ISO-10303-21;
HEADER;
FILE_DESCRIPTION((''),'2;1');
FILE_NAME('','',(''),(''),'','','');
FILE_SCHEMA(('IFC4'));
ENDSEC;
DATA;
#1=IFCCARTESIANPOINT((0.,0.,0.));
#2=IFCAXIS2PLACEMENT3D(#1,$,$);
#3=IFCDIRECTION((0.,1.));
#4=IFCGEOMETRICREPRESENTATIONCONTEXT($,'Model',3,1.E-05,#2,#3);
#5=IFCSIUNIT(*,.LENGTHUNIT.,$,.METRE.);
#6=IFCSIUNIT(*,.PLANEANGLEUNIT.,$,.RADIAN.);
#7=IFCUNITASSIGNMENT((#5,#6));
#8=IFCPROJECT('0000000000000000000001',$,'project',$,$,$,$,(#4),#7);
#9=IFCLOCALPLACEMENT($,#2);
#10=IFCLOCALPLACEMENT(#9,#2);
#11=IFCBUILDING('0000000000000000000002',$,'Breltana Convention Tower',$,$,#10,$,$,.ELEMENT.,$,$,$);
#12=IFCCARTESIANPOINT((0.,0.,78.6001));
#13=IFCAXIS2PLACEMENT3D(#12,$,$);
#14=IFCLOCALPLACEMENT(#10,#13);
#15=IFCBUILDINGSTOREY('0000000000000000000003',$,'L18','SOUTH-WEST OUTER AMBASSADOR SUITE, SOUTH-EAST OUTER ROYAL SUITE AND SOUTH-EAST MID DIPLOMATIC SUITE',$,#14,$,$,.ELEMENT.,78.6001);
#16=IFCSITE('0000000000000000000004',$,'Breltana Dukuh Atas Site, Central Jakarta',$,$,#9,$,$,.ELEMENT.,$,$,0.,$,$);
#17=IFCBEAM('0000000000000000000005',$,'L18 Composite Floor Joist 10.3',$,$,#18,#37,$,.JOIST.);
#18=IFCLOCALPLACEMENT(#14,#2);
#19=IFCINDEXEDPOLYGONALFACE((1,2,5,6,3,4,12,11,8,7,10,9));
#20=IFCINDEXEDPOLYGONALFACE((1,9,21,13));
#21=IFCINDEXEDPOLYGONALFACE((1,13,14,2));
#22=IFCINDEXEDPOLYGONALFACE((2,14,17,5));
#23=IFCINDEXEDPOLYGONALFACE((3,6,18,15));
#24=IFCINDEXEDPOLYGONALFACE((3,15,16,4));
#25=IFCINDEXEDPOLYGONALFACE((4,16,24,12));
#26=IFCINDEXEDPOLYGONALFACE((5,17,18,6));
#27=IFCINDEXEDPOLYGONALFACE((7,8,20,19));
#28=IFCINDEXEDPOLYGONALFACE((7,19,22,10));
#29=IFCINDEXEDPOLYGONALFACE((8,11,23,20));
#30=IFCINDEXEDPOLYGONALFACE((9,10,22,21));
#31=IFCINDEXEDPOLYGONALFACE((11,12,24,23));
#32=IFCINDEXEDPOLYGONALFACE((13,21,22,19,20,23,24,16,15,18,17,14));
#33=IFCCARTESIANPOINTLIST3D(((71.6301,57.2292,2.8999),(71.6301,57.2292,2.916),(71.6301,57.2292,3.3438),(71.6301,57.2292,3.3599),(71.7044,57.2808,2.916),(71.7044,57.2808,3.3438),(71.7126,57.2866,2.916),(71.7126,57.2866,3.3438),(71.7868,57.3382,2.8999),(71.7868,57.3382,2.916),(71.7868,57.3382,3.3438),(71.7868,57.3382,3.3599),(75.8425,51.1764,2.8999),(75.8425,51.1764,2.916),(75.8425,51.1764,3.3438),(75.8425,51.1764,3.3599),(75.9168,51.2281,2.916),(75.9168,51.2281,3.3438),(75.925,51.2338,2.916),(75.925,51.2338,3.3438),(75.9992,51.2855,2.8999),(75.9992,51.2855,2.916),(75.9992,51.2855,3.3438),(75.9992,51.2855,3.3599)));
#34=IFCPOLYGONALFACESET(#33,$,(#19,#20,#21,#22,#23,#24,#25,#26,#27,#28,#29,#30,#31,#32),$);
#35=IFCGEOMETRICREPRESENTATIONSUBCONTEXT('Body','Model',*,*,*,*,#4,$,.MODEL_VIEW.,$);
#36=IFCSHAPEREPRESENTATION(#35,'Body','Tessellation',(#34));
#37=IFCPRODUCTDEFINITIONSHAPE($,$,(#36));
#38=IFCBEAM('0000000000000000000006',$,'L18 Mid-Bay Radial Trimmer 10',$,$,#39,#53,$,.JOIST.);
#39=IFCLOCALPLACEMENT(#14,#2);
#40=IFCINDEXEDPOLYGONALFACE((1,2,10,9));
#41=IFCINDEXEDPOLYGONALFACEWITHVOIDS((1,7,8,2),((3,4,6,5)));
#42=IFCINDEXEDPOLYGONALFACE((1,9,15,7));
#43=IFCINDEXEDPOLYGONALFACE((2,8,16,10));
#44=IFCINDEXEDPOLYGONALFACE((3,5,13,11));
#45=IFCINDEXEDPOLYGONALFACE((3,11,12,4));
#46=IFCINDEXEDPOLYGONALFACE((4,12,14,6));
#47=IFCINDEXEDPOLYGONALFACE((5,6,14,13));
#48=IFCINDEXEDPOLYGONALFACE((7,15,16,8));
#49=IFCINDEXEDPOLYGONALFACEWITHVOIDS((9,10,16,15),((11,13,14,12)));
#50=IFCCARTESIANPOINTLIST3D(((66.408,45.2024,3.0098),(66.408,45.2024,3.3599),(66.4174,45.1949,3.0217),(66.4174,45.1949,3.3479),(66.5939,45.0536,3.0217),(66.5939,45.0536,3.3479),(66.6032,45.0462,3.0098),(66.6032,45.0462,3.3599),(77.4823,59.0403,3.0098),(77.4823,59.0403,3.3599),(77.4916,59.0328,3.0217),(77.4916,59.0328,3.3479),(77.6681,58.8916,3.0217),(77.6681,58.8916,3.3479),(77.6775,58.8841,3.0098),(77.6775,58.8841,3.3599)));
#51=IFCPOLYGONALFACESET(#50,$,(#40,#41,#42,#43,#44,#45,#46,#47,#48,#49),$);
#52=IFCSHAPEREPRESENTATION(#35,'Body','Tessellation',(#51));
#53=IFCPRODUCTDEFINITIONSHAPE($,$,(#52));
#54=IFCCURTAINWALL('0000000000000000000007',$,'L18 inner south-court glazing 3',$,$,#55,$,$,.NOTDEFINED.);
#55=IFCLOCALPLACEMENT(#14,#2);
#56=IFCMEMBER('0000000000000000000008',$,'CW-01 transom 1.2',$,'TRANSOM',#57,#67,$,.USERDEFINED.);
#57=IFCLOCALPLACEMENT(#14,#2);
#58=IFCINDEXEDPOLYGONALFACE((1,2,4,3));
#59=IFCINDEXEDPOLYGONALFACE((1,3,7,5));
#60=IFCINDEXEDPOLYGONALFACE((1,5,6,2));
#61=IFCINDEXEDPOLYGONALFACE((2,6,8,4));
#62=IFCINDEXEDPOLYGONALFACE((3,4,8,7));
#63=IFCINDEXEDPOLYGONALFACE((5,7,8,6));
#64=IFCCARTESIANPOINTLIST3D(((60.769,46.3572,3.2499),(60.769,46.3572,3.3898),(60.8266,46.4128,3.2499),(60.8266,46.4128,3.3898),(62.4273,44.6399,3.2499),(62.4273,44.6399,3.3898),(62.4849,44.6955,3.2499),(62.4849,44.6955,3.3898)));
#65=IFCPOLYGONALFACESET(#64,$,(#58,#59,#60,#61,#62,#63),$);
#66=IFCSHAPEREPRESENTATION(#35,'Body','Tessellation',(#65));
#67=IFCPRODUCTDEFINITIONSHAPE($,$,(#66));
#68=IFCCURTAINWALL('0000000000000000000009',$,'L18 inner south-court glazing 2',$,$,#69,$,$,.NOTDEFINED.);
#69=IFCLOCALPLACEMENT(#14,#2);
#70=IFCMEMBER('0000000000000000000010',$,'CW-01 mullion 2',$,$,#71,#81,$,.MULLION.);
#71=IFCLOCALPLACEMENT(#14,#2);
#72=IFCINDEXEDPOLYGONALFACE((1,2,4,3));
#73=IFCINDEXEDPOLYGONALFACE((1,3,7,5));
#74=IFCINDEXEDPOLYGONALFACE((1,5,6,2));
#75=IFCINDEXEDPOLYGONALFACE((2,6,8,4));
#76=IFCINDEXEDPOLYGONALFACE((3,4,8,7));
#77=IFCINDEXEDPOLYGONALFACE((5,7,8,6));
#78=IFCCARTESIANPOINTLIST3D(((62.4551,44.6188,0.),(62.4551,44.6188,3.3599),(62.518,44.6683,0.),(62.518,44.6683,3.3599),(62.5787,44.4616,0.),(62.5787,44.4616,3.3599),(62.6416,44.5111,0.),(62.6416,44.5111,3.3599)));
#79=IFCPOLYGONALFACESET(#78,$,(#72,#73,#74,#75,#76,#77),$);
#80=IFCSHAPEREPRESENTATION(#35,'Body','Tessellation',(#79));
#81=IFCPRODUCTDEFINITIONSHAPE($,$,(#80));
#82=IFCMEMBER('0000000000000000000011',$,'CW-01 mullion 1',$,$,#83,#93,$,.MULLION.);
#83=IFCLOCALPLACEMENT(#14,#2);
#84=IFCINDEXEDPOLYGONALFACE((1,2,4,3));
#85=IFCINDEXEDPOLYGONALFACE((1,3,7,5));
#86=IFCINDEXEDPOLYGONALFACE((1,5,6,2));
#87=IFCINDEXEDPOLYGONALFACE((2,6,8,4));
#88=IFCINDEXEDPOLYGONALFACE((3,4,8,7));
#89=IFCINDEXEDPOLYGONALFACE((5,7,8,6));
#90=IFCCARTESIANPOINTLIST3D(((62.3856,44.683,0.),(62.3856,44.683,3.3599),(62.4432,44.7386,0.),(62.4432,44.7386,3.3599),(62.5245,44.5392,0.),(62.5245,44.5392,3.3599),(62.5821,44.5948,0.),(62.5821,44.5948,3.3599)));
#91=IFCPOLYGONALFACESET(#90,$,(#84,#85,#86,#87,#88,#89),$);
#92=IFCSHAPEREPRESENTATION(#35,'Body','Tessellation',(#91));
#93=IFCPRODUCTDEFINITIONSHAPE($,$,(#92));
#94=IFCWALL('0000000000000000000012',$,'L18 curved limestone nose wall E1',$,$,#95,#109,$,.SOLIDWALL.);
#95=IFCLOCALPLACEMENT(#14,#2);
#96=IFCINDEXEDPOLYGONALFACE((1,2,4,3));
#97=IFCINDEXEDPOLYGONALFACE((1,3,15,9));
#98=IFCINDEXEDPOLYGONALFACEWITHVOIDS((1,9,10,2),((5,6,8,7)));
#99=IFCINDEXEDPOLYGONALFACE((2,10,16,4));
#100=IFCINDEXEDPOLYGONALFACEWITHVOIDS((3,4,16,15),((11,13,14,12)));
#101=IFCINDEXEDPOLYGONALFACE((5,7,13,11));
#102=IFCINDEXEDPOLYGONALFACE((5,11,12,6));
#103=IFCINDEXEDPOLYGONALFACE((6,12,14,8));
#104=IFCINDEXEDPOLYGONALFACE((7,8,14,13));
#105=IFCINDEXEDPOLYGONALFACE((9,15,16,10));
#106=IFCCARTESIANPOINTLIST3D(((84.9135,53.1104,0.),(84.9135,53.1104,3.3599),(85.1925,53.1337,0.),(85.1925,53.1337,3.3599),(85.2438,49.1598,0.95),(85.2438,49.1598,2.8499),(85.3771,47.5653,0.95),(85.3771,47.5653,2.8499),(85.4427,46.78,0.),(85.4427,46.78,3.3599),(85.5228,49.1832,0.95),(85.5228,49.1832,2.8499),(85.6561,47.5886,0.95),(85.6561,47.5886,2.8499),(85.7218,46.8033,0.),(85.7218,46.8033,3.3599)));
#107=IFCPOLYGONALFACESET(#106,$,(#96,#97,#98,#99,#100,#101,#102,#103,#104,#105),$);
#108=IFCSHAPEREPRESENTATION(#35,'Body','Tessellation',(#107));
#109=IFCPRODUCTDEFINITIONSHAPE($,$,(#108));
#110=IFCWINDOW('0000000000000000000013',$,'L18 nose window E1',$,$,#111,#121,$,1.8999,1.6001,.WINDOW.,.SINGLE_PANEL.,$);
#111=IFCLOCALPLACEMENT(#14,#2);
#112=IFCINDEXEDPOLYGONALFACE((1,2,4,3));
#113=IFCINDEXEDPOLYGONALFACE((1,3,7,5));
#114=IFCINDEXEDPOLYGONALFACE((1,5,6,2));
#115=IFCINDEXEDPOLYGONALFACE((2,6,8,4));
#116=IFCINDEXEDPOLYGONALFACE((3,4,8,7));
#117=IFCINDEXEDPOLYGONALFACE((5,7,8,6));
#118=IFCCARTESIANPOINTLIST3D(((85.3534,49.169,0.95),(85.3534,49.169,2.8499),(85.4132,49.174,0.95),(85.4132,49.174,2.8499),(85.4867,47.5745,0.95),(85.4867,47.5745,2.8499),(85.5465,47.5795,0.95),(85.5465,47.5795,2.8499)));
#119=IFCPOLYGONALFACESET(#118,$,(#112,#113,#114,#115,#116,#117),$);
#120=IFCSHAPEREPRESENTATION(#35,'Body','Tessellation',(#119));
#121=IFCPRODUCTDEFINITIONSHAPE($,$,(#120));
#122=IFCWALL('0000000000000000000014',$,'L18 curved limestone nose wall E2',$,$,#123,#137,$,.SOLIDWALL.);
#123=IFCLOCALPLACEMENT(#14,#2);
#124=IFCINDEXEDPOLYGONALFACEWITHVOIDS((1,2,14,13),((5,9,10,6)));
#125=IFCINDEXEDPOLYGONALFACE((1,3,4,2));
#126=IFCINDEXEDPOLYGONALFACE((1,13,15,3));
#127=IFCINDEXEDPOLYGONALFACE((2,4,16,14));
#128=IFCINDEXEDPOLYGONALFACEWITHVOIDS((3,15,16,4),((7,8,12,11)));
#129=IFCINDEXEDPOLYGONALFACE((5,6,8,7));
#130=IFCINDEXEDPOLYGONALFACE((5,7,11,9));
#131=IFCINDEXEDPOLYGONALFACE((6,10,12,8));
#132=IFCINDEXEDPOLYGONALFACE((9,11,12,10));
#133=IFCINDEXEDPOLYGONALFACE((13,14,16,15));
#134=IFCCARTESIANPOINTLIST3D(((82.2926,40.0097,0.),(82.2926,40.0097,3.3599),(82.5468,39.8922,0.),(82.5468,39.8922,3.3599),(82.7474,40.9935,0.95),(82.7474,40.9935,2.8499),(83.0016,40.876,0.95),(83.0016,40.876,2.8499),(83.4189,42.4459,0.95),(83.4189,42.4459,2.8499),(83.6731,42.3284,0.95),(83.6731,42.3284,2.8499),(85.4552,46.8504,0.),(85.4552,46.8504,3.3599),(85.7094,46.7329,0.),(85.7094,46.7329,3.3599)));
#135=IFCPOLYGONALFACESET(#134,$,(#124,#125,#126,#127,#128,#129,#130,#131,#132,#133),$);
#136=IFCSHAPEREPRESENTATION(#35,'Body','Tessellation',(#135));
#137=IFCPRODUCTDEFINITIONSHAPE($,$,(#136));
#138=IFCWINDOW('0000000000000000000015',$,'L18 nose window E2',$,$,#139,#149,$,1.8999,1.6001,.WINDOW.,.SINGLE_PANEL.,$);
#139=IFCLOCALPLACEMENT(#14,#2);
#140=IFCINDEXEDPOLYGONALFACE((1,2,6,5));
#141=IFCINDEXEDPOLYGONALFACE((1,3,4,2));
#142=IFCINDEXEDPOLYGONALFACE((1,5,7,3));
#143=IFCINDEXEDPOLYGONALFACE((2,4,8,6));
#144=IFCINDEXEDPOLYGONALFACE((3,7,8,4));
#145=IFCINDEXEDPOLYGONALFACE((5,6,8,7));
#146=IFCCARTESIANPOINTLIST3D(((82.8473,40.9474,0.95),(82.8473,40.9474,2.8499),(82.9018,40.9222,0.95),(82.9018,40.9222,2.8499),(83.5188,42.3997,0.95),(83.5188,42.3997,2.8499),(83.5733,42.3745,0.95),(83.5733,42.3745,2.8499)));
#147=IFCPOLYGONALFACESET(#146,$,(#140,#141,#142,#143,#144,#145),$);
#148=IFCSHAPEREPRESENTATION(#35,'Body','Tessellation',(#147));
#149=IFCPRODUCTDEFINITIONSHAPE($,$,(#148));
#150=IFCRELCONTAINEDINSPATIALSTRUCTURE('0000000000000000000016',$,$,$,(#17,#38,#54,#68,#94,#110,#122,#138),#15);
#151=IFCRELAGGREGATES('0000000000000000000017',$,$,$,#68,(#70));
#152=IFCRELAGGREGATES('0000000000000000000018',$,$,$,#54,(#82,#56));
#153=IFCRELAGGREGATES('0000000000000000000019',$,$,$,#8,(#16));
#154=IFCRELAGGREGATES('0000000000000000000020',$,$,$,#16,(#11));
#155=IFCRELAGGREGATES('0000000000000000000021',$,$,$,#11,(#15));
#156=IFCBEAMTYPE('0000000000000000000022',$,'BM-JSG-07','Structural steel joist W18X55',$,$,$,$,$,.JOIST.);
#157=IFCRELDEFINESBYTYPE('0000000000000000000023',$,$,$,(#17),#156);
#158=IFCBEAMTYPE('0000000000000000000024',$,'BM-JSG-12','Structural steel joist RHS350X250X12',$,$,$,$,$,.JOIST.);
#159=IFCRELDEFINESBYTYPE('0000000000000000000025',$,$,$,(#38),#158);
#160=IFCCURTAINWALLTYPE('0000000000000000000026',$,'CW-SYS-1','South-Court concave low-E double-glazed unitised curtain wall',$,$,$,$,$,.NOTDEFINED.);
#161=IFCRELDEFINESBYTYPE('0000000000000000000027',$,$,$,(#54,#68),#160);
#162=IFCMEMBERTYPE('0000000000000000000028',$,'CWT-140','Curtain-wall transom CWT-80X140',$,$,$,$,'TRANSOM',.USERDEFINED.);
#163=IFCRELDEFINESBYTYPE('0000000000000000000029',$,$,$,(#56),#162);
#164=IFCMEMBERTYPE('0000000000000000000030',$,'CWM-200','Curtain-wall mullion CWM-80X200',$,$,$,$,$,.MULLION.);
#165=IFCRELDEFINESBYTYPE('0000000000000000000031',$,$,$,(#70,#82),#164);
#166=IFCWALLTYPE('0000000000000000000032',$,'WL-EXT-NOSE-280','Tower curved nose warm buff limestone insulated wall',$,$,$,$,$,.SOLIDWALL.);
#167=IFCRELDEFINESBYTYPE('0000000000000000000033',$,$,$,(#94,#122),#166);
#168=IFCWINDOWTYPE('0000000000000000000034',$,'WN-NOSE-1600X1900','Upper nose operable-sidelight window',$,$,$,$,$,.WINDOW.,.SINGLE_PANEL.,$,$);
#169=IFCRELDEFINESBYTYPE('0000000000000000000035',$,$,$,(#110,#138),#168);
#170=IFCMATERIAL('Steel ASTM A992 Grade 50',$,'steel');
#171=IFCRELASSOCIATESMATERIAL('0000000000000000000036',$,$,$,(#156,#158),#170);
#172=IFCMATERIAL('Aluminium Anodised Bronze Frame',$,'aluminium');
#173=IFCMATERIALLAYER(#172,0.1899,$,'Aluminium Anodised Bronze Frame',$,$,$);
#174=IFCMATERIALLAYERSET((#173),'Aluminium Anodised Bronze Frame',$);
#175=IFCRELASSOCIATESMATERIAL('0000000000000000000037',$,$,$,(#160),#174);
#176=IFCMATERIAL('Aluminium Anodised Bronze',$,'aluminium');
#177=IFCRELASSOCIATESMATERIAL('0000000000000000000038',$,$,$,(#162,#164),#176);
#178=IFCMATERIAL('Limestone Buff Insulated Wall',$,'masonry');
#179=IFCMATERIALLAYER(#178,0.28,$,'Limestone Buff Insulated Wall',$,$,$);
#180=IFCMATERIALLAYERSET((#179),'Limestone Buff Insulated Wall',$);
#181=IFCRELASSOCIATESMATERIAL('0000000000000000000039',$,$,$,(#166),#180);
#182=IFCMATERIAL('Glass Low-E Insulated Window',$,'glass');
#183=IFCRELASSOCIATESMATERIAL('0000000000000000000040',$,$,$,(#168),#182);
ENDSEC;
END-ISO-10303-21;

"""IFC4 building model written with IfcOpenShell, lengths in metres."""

from ifc_helpers import new_model, si_unit, direction, frame, frame_2d, origin, origin_2d, place, context, subcontext, project, spatial, rectangle, hollow_rectangle, i_section, extrude, source, transform, mapped, material, layer, layer_set, material_profile, profile_set, type_object, type_shapes, element, fill, aggregate, save


model = new_model("IFC4")

# Units and contexts
model_context = context("Model", 3, precision=1e-05, world=origin(), true_north=direction((0.0, 1.0)))
body_context = subcontext(model_context, "Body", "Model", "MODEL_VIEW")
ifc_project = project(units=[si_unit("LENGTHUNIT", "METRE"), si_unit("PLANEANGLEUNIT", "RADIAN")], contexts=[model_context])

# Site, building, storey
site_placement = place(None, origin())
site = spatial("IfcSite", under=ifc_project, at=site_placement, Name="Breltana Dukuh Atas Site, Central Jakarta", CompositionType="ELEMENT", RefElevation=0.0)
building_placement = place(site_placement, origin())
building = spatial("IfcBuilding", under=site, at=building_placement, Name="Breltana Convention Tower", CompositionType="ELEMENT")
storey_placement = place(building_placement, frame((0.0, 0.0, 78.6001)))
storey = spatial("IfcBuildingStorey", under=building, at=storey_placement, Name="L18", Description="SOUTH-WEST OUTER AMBASSADOR SUITE, SOUTH-EAST OUTER ROYAL SUITE AND SOUTH-EAST MID DIPLOMATIC SUITE", CompositionType="ELEMENT", Elevation=78.6001)

# Beams
ifc_material_1 = material(Name="Steel ASTM A992 Grade 50", Category="steel")
ifc_material_profile_1 = material_profile(ifc_material_1, i_section(OverallWidth=0.1909, OverallDepth=0.46, WebThickness=0.01, FlangeThickness=0.0161, at=origin_2d()), Name="W18X55")
ifc_profile_set_1 = profile_set([ifc_material_profile_1], Name="Steel ASTM A992 Grade 50")
beam_type_1 = type_object("IfcBeamType", Name="BM-JSG-07", Description="Structural steel joist W18X55", PredefinedType="JOIST", material=ifc_profile_set_1)
ifc_material_profile_2 = material_profile(ifc_material_1, hollow_rectangle(XDim=0.25, YDim=0.3501, WallThickness=0.012, at=origin_2d()), Name="RHS350X250X12")
ifc_profile_set_2 = profile_set([ifc_material_profile_2], Name="Steel ASTM A992 Grade 50")
beam_type_2 = type_object("IfcBeamType", Name="BM-JSG-12", Description="Structural steel joist RHS350X250X12", PredefinedType="JOIST", material=ifc_profile_set_2)
shared_shape_1 = source(origin(), body_context, "Body", "SweptSolid", [
    extrude(i_section(OverallWidth=0.1909, OverallDepth=0.46, WebThickness=0.01, FlangeThickness=0.0161, at=origin_2d()), origin(), (0.0, 0.0, 1.0), 7.3743),
])
beam_1_placement = place(storey_placement, frame((71.7085, 57.2837, 3.1299), z_axis=(0.571229, -0.82079, 0.0), x_axis=(0.82079, 0.571229, 0.0)))
element("IfcBeam", 1, at=beam_1_placement, inside=storey, type_object=beam_type_1, Name="L18 Composite Floor Joist 10.3", PredefinedType="JOIST", context=body_context, shape_type="MappedRepresentation", body=[
    mapped(shared_shape_1, transform((0.0, 0.0, 0.0), scale=1.0)),
])
shared_shape_2 = source(origin(), body_context, "Body", "SweptSolid", [
    extrude(hollow_rectangle(XDim=0.25, YDim=0.3501, WallThickness=0.012, at=origin_2d()), origin(), (0.0, 0.0, 1.0), 17.7236),
])
beam_2_placement = place(storey_placement, frame((66.5056, 45.1243, 3.1848), z_axis=(0.624829, 0.780761, 0.0), x_axis=(-0.780761, 0.624829, 0.0)))
element("IfcBeam", 2, at=beam_2_placement, inside=storey, type_object=beam_type_2, Name="L18 Mid-Bay Radial Trimmer 10", PredefinedType="JOIST", context=body_context, shape_type="MappedRepresentation", body=[
    mapped(shared_shape_2, transform((0.0, 0.0, 0.0), scale=1.0)),
])

# Curtain walls, members
ifc_material_2 = material(Name="Aluminium Anodised Bronze Frame", Category="aluminium")
ifc_layer_1 = layer(ifc_material_2, 0.1899, Name="Aluminium Anodised Bronze Frame")
ifc_layer_set_1 = layer_set([ifc_layer_1], Name="Aluminium Anodised Bronze Frame")
curtain_wall_type = type_object("IfcCurtainWallType", Name="CW-SYS-1", Description="South-Court concave low-E double-glazed unitised curtain wall", PredefinedType="NOTDEFINED", material=ifc_layer_set_1)
curtain_wall_1_placement = place(storey_placement, origin())
curtain_wall_1 = element("IfcCurtainWall", 3, at=curtain_wall_1_placement, inside=storey, type_object=curtain_wall_type, Name="L18 inner south-court glazing 3", PredefinedType="NOTDEFINED")
ifc_material_3 = material(Name="Aluminium Anodised Bronze", Category="aluminium")
ifc_material_profile_3 = material_profile(ifc_material_3, rectangle(XDim=0.0801, YDim=0.1399, at=origin_2d()), Name="CWT-80X140")
ifc_profile_set_3 = profile_set([ifc_material_profile_3], Name="Aluminium Anodised Bronze")
member_type_1 = type_object("IfcMemberType", Name="CWT-140", Description="Curtain-wall transom CWT-80X140", ElementType="TRANSOM", PredefinedType="USERDEFINED", material=ifc_profile_set_3)
shared_shape_3 = source(origin(), body_context, "Body", "SweptSolid", [
    extrude(rectangle(XDim=0.0801, YDim=0.1399, at=origin_2d()), origin(), (0.0, 0.0, 1.0), 2.3872),
])
type_shapes(member_type_1, [shared_shape_3])
member_1_placement = place(storey_placement, frame((62.4561, 44.6677, 3.3198), z_axis=(-0.694624, 0.719373, 0.0), x_axis=(-0.719373, -0.694624, 0.0)))
member_1 = element("IfcMember", 4, at=member_1_placement, type_object=member_type_1, Name="CW-01 transom 1.2", ObjectType="TRANSOM", PredefinedType="USERDEFINED", context=body_context, shape_type="MappedRepresentation", body=[
    mapped(shared_shape_3, transform((0.0, 0.0, 0.0), scale=1.0)),
])
curtain_wall_2_placement = place(storey_placement, origin())
curtain_wall_2 = element("IfcCurtainWall", 5, at=curtain_wall_2_placement, inside=storey, type_object=curtain_wall_type, Name="L18 inner south-court glazing 2", PredefinedType="NOTDEFINED")
ifc_material_profile_4 = material_profile(ifc_material_3, rectangle(XDim=0.0801, YDim=0.2, at=origin_2d()), Name="CWM-80X200")
ifc_profile_set_4 = profile_set([ifc_material_profile_4], Name="Aluminium Anodised Bronze")
member_type_2 = type_object("IfcMemberType", Name="CWM-200", Description="Curtain-wall mullion CWM-80X200", PredefinedType="MULLION", material=ifc_profile_set_4)
shared_shape_4 = source(origin(), body_context, "Body", "SweptSolid", [
    extrude(rectangle(XDim=0.0801, YDim=0.2, at=origin_2d()), origin(), (0.0, 0.0, 1.0), 3.3599),
])
member_2_placement = place(storey_placement, frame((62.5483, 44.5649, 0.0), z_axis=(0.0, 0.0, 1.0), x_axis=(-0.786058, -0.618153, 0.0)))
member_2 = element("IfcMember", 6, at=member_2_placement, type_object=member_type_2, Name="CW-01 mullion 2", PredefinedType="MULLION", context=body_context, shape_type="MappedRepresentation", body=[
    mapped(shared_shape_4, transform((0.0, 0.0, 0.0), scale=1.0)),
])
aggregate(curtain_wall_2, [member_2])

# Member
member_3_placement = place(storey_placement, frame((62.4839, 44.6389, 0.0), z_axis=(0.0, 0.0, 1.0), x_axis=(-0.719385, -0.694612, 0.0)))
member_3 = element("IfcMember", 7, at=member_3_placement, type_object=member_type_2, Name="CW-01 mullion 1", PredefinedType="MULLION", context=body_context, shape_type="MappedRepresentation", body=[
    mapped(shared_shape_4, transform((0.0, 0.0, 0.0), scale=1.0)),
])
aggregate(curtain_wall_1, [member_3, member_1])

# Walls, openings, windows
ifc_material_4 = material(Name="Limestone Buff Insulated Wall", Category="masonry")
ifc_layer_2 = layer(ifc_material_4, 0.28, Name="Limestone Buff Insulated Wall")
ifc_layer_set_2 = layer_set([ifc_layer_2], Name="Limestone Buff Insulated Wall")
wall_type_1 = type_object("IfcWallType", Name="WL-EXT-NOSE-280", Description="Tower curved nose warm buff limestone insulated wall", PredefinedType="SOLIDWALL", material=ifc_layer_set_2)
shared_shape_5 = source(origin(), body_context, "Body", "SweptSolid", [
    extrude(rectangle(XDim=6.3525, YDim=0.28, at=frame_2d((3.1763, 0.0))), origin(), (0.0, 0.0, 1.0), 3.3599),
])
wall_1_placement = place(storey_placement, frame((85.053, 53.1221, 0.0), z_axis=(0.0, 0.0, 1.0), x_axis=(0.083319, -0.996523, 0.0)))
wall_1 = element("IfcWall", 8, at=wall_1_placement, inside=storey, type_object=wall_type_1, Name="L18 curved limestone nose wall E1", PredefinedType="SOLIDWALL", context=body_context, shape_type="MappedRepresentation", body=[
    mapped(shared_shape_5, transform((0.0, 0.0, 0.0), scale=1.0)),
])
opening_1_placement = place(wall_1_placement, frame((3.9644, 0.0, 0.95)))
opening_1 = element("IfcOpeningElement", 9, at=opening_1_placement, cuts=wall_1, PredefinedType="OPENING", context=body_context, shape_type="SweptSolid", body=[
    extrude(rectangle(XDim=1.6001, YDim=1.8999, at=frame_2d((0.8, 0.95))), frame((0.0, 0.1499, 0.0), z_axis=(0.0, -1.0, 0.0), x_axis=(1.0, 0.0, 0.0)), (0.0, 0.0, 1.0), 0.3),
])
ifc_material_5 = material(Name="Glass Low-E Insulated Window", Category="glass")
window_type = type_object("IfcWindowType", Name="WN-NOSE-1600X1900", Description="Upper nose operable-sidelight window", PartitioningType="SINGLE_PANEL", PredefinedType="WINDOW", material=ifc_material_5)
shared_shape_6 = source(origin(), body_context, "Body", "SweptSolid", [
    extrude(rectangle(XDim=1.6001, YDim=1.8999, at=frame_2d((0.8, 0.95))), frame((0.0, 0.03, 0.0), z_axis=(0.0, -1.0, 0.0), x_axis=(1.0, 0.0, 0.0)), (0.0, 0.0, 1.0), 0.0601),
])
type_shapes(window_type, [shared_shape_6])
window_1_placement = place(opening_1_placement, origin())
window_1 = element("IfcWindow", 10, at=window_1_placement, inside=storey, type_object=window_type, Name="L18 nose window E1", OverallHeight=1.8999, OverallWidth=1.6001, PartitioningType="SINGLE_PANEL", PredefinedType="WINDOW", context=body_context, shape_type="MappedRepresentation", body=[
    mapped(shared_shape_6, transform((0.0, 0.0, 0.0), scale=1.0)),
])
fill(opening_1, window_1)
shared_shape_7 = source(origin(), body_context, "Body", "SweptSolid", [
    extrude(rectangle(XDim=7.5364, YDim=0.28, at=frame_2d((3.7681, 0.0))), origin(), (0.0, 0.0, 1.0), 3.3599),
])
wall_2_placement = place(storey_placement, frame((85.5823, 46.7915, 0.0), z_axis=(0.0, 0.0, 1.0), x_axis=(-0.41965, -0.907686, 0.0)))
wall_2 = element("IfcWall", 11, at=wall_2_placement, inside=storey, type_object=wall_type_1, Name="L18 curved limestone nose wall E2", PredefinedType="SOLIDWALL", context=body_context, shape_type="MappedRepresentation", body=[
    mapped(shared_shape_7, transform((0.0, 0.0, 0.0), scale=1.0)),
])
opening_2_placement = place(wall_2_placement, frame((4.8523, 0.0, 0.95)))
opening_2 = element("IfcOpeningElement", 12, at=opening_2_placement, cuts=wall_2, PredefinedType="OPENING", context=body_context, shape_type="SweptSolid", body=[
    extrude(rectangle(XDim=1.6001, YDim=1.8999, at=frame_2d((0.8, 0.95))), frame((0.0, 0.1499, 0.0), z_axis=(0.0, -1.0, 0.0), x_axis=(1.0, 0.0, 0.0)), (0.0, 0.0, 1.0), 0.3),
])
window_2_placement = place(opening_2_placement, origin())
window_2 = element("IfcWindow", 13, at=window_2_placement, inside=storey, type_object=window_type, Name="L18 nose window E2", OverallHeight=1.8999, OverallWidth=1.6001, PartitioningType="SINGLE_PANEL", PredefinedType="WINDOW", context=body_context, shape_type="MappedRepresentation", body=[
    mapped(shared_shape_6, transform((0.0, 0.0, 0.0), scale=1.0)),
])
fill(opening_2, window_2)

save(model, "model.ifc")
